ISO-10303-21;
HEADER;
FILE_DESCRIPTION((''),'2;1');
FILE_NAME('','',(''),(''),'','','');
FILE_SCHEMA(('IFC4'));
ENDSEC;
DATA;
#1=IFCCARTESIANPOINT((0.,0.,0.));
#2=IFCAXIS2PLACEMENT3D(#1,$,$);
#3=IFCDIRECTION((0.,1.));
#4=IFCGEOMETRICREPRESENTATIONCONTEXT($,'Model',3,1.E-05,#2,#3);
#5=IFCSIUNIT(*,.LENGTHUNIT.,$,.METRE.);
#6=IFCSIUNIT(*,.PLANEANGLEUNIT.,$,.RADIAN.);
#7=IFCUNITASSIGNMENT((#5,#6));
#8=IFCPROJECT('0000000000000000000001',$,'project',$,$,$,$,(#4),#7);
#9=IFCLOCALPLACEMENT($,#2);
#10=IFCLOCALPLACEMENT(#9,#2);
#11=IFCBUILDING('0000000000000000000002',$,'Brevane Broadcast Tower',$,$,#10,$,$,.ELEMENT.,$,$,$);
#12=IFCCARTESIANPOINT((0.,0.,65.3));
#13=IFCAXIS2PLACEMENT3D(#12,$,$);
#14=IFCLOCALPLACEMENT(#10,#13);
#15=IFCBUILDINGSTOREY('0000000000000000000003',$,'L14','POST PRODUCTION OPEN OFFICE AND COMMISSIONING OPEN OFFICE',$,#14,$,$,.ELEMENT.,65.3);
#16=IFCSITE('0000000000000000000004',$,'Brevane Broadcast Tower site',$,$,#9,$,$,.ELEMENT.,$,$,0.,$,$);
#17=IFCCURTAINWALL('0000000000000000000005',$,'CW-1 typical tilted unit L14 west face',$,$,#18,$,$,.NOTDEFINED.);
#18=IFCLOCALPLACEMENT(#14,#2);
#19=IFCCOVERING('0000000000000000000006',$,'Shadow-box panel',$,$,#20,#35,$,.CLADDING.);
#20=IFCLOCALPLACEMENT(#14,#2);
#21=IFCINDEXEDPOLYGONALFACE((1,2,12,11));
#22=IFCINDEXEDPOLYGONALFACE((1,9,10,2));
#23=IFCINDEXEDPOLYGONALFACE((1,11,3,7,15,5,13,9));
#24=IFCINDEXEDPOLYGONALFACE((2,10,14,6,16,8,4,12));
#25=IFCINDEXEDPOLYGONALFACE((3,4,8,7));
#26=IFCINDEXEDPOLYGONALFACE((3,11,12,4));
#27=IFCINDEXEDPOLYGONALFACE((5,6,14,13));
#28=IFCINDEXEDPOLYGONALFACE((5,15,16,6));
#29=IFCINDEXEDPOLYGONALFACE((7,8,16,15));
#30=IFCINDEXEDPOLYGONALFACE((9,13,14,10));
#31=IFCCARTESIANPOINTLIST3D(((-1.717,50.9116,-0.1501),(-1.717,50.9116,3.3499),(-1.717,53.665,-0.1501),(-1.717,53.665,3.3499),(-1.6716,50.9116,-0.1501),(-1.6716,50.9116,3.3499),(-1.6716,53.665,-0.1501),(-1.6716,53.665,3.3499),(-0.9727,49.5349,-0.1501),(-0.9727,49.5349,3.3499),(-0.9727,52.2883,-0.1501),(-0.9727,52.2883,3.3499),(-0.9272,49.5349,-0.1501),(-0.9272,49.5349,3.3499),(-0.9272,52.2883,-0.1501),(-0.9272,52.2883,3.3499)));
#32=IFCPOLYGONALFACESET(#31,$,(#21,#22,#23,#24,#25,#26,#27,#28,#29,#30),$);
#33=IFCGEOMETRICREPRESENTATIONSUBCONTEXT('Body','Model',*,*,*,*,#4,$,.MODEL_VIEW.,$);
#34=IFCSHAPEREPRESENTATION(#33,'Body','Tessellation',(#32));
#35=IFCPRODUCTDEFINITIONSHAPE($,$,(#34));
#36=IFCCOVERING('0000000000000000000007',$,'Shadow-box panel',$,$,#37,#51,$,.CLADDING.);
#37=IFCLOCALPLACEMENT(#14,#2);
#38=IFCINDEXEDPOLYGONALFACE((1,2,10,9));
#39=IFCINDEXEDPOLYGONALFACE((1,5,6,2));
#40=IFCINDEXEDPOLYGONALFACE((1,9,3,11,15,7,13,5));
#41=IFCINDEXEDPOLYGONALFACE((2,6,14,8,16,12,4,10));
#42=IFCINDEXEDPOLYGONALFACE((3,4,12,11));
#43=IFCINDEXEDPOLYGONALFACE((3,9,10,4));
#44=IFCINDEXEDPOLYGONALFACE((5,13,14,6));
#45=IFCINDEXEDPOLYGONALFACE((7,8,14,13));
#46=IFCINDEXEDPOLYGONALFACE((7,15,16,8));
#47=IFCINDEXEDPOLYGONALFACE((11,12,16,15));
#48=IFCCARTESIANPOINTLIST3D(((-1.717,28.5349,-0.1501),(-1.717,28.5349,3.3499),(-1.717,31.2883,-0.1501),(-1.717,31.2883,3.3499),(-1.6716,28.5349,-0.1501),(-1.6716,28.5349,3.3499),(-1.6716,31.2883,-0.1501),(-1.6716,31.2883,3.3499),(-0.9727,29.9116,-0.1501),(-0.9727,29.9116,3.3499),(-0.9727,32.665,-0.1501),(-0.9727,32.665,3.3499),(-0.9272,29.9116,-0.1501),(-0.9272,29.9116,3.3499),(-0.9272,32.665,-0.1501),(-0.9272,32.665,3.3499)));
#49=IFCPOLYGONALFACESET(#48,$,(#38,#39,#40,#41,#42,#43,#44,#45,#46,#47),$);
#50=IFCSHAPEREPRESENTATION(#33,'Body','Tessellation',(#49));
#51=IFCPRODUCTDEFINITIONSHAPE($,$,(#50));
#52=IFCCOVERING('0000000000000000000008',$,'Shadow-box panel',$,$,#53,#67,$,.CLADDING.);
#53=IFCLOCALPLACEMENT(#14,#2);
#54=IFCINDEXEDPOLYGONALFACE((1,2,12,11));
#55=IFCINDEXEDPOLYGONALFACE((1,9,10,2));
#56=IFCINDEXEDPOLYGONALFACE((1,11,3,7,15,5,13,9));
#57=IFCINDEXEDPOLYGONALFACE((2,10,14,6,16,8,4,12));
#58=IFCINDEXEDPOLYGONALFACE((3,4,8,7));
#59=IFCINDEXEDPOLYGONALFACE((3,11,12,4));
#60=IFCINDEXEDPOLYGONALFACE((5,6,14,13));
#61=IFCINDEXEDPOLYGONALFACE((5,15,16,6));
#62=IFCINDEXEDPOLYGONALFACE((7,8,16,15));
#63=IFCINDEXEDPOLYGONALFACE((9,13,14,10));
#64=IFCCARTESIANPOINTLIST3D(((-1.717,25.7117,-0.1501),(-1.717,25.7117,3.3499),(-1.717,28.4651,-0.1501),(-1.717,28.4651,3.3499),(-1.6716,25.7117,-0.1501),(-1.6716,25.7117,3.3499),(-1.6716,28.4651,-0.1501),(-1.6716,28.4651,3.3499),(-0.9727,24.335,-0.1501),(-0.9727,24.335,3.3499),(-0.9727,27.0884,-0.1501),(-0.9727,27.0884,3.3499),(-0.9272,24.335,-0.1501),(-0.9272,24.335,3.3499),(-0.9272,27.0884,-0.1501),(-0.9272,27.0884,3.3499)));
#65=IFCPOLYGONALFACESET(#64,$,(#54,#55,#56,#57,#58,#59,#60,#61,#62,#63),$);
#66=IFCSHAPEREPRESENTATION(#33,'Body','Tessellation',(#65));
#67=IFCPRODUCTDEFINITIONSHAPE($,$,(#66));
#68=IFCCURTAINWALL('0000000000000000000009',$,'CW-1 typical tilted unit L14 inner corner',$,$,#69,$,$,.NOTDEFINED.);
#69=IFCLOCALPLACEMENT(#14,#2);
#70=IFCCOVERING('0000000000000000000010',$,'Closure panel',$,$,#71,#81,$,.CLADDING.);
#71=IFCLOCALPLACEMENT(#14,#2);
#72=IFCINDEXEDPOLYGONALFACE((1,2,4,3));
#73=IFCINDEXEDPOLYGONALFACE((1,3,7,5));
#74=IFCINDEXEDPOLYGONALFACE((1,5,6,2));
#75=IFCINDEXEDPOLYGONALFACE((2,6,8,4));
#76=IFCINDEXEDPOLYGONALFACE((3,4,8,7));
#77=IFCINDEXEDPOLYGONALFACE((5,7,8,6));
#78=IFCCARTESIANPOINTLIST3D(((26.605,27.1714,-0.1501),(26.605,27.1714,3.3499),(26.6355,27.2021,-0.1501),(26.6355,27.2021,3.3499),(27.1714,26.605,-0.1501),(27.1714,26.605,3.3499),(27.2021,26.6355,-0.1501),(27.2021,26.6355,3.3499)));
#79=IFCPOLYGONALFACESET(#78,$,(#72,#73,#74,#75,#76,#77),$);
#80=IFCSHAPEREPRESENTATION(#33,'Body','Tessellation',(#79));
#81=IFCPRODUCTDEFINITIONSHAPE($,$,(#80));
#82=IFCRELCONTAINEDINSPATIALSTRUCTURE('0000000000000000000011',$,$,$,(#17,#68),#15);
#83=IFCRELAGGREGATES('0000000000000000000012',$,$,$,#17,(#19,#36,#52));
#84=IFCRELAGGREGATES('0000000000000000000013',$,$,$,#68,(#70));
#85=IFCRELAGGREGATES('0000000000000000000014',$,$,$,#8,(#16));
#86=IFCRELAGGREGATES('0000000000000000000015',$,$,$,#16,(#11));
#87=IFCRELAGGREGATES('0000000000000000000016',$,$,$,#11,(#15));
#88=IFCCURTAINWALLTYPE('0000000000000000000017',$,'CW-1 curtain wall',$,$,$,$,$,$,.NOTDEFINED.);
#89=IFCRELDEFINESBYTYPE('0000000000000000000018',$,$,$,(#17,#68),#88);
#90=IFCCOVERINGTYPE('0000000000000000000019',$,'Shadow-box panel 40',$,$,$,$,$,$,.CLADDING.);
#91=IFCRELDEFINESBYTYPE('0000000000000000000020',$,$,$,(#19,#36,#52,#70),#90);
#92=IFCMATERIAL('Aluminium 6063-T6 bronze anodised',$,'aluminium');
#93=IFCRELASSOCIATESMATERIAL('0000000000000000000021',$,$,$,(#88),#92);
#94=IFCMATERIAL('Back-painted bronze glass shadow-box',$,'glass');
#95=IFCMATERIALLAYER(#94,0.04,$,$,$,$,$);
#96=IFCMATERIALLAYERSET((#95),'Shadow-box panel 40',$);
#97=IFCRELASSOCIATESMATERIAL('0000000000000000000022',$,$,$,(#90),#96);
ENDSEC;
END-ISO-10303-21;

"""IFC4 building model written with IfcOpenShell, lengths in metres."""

from ifc_helpers import new_model, si_unit, direction, frame, origin, place, context, subcontext, project, spatial, polyline, outline, extrude, material, layer, layer_set, type_object, element, aggregate, save


model = new_model("IFC4")

# Units and contexts
model_context = context("Model", 3, precision=1e-05, world=origin(), true_north=direction((0.0, 1.0)))
body_context = subcontext(model_context, "Body", "Model", "MODEL_VIEW")
ifc_project = project(units=[si_unit("LENGTHUNIT", "METRE"), si_unit("PLANEANGLEUNIT", "RADIAN")], contexts=[model_context])

# Site, building, storey
site_placement = place(None, origin())
site = spatial("IfcSite", under=ifc_project, at=site_placement, Name="Brevane Broadcast Tower site", CompositionType="ELEMENT", RefElevation=0.0)
building_placement = place(site_placement, origin())
building = spatial("IfcBuilding", under=site, at=building_placement, Name="Brevane Broadcast Tower", CompositionType="ELEMENT")
storey_placement = place(building_placement, frame((0.0, 0.0, 65.3)))
storey = spatial("IfcBuildingStorey", under=building, at=storey_placement, Name="L14", Description="POST PRODUCTION OPEN OFFICE AND COMMISSIONING OPEN OFFICE", CompositionType="ELEMENT", Elevation=65.3)

# Curtain wall
ifc_material_1 = material(Name="Aluminium 6063-T6 bronze anodised", Category="aluminium")
curtain_wall_type = type_object("IfcCurtainWallType", Name="CW-1 curtain wall", PredefinedType="NOTDEFINED", material=ifc_material_1)
curtain_wall_1_placement = place(storey_placement, origin())
curtain_wall_1 = element("IfcCurtainWall", 1, at=curtain_wall_1_placement, inside=storey, type_object=curtain_wall_type, Name="CW-1 typical tilted unit L14 west face", PredefinedType="NOTDEFINED")

# Coverings
ifc_material_2 = material(Name="Back-painted bronze glass shadow-box", Category="glass")
ifc_layer_1 = layer(ifc_material_2, 0.04)
ifc_layer_set_1 = layer_set([ifc_layer_1], Name="Shadow-box panel 40")
covering_type = type_object("IfcCoveringType", Name="Shadow-box panel 40", PredefinedType="CLADDING", material=ifc_layer_set_1)
covering_1_placement = place(storey_placement, frame((0.0, 0.0, -0.1501)))
covering_1 = element("IfcCovering", 2, at=covering_1_placement, type_object=covering_type, Name="Shadow-box panel", PredefinedType="CLADDING", context=body_context, shape_type="SweptSolid", body=[
    extrude(outline(polyline([(-1.6716, 53.665), (-1.717, 53.665), (-0.9727, 52.2883), (-1.717, 50.9116), (-0.9727, 49.5349), (-0.9272, 49.5349), (-1.6716, 50.9116), (-0.9272, 52.2883), (-1.6716, 53.665)])), origin(), (0.0, 0.0, 1.0), 3.5),
])
covering_2_placement = place(storey_placement, frame((0.0, 0.0, -0.1501)))
covering_2 = element("IfcCovering", 3, at=covering_2_placement, type_object=covering_type, Name="Shadow-box panel", PredefinedType="CLADDING", context=body_context, shape_type="SweptSolid", body=[
    extrude(outline(polyline([(-0.9272, 32.665), (-0.9727, 32.665), (-1.717, 31.2883), (-0.9727, 29.9116), (-1.717, 28.5349), (-1.6716, 28.5349), (-0.9272, 29.9116), (-1.6716, 31.2883), (-0.9272, 32.665)])), origin(), (0.0, 0.0, 1.0), 3.5),
])
covering_3_placement = place(storey_placement, frame((0.0, 0.0, -0.1501)))
covering_3 = element("IfcCovering", 4, at=covering_3_placement, type_object=covering_type, Name="Shadow-box panel", PredefinedType="CLADDING", context=body_context, shape_type="SweptSolid", body=[
    extrude(outline(polyline([(-1.6716, 28.4651), (-1.717, 28.4651), (-0.9727, 27.0884), (-1.717, 25.7117), (-0.9727, 24.335), (-0.9272, 24.335), (-1.6716, 25.7117), (-0.9272, 27.0884), (-1.6716, 28.4651)])), origin(), (0.0, 0.0, 1.0), 3.5),
])
aggregate(curtain_wall_1, [covering_1, covering_2, covering_3])

# Curtain wall, covering
curtain_wall_2_placement = place(storey_placement, origin())
curtain_wall_2 = element("IfcCurtainWall", 5, at=curtain_wall_2_placement, inside=storey, type_object=curtain_wall_type, Name="CW-1 typical tilted unit L14 inner corner", PredefinedType="NOTDEFINED")
covering_4_placement = place(storey_placement, frame((0.0, 0.0, -0.1501)))
covering_4 = element("IfcCovering", 6, at=covering_4_placement, type_object=covering_type, Name="Closure panel", PredefinedType="CLADDING", context=body_context, shape_type="SweptSolid", body=[
    extrude(outline(polyline([(27.1714, 26.605), (27.2021, 26.6355), (26.6355, 27.2021), (26.605, 27.1714), (27.1714, 26.605)])), origin(), (0.0, 0.0, 1.0), 3.5),
])
aggregate(curtain_wall_2, [covering_4])

save(model, "model.ifc")
